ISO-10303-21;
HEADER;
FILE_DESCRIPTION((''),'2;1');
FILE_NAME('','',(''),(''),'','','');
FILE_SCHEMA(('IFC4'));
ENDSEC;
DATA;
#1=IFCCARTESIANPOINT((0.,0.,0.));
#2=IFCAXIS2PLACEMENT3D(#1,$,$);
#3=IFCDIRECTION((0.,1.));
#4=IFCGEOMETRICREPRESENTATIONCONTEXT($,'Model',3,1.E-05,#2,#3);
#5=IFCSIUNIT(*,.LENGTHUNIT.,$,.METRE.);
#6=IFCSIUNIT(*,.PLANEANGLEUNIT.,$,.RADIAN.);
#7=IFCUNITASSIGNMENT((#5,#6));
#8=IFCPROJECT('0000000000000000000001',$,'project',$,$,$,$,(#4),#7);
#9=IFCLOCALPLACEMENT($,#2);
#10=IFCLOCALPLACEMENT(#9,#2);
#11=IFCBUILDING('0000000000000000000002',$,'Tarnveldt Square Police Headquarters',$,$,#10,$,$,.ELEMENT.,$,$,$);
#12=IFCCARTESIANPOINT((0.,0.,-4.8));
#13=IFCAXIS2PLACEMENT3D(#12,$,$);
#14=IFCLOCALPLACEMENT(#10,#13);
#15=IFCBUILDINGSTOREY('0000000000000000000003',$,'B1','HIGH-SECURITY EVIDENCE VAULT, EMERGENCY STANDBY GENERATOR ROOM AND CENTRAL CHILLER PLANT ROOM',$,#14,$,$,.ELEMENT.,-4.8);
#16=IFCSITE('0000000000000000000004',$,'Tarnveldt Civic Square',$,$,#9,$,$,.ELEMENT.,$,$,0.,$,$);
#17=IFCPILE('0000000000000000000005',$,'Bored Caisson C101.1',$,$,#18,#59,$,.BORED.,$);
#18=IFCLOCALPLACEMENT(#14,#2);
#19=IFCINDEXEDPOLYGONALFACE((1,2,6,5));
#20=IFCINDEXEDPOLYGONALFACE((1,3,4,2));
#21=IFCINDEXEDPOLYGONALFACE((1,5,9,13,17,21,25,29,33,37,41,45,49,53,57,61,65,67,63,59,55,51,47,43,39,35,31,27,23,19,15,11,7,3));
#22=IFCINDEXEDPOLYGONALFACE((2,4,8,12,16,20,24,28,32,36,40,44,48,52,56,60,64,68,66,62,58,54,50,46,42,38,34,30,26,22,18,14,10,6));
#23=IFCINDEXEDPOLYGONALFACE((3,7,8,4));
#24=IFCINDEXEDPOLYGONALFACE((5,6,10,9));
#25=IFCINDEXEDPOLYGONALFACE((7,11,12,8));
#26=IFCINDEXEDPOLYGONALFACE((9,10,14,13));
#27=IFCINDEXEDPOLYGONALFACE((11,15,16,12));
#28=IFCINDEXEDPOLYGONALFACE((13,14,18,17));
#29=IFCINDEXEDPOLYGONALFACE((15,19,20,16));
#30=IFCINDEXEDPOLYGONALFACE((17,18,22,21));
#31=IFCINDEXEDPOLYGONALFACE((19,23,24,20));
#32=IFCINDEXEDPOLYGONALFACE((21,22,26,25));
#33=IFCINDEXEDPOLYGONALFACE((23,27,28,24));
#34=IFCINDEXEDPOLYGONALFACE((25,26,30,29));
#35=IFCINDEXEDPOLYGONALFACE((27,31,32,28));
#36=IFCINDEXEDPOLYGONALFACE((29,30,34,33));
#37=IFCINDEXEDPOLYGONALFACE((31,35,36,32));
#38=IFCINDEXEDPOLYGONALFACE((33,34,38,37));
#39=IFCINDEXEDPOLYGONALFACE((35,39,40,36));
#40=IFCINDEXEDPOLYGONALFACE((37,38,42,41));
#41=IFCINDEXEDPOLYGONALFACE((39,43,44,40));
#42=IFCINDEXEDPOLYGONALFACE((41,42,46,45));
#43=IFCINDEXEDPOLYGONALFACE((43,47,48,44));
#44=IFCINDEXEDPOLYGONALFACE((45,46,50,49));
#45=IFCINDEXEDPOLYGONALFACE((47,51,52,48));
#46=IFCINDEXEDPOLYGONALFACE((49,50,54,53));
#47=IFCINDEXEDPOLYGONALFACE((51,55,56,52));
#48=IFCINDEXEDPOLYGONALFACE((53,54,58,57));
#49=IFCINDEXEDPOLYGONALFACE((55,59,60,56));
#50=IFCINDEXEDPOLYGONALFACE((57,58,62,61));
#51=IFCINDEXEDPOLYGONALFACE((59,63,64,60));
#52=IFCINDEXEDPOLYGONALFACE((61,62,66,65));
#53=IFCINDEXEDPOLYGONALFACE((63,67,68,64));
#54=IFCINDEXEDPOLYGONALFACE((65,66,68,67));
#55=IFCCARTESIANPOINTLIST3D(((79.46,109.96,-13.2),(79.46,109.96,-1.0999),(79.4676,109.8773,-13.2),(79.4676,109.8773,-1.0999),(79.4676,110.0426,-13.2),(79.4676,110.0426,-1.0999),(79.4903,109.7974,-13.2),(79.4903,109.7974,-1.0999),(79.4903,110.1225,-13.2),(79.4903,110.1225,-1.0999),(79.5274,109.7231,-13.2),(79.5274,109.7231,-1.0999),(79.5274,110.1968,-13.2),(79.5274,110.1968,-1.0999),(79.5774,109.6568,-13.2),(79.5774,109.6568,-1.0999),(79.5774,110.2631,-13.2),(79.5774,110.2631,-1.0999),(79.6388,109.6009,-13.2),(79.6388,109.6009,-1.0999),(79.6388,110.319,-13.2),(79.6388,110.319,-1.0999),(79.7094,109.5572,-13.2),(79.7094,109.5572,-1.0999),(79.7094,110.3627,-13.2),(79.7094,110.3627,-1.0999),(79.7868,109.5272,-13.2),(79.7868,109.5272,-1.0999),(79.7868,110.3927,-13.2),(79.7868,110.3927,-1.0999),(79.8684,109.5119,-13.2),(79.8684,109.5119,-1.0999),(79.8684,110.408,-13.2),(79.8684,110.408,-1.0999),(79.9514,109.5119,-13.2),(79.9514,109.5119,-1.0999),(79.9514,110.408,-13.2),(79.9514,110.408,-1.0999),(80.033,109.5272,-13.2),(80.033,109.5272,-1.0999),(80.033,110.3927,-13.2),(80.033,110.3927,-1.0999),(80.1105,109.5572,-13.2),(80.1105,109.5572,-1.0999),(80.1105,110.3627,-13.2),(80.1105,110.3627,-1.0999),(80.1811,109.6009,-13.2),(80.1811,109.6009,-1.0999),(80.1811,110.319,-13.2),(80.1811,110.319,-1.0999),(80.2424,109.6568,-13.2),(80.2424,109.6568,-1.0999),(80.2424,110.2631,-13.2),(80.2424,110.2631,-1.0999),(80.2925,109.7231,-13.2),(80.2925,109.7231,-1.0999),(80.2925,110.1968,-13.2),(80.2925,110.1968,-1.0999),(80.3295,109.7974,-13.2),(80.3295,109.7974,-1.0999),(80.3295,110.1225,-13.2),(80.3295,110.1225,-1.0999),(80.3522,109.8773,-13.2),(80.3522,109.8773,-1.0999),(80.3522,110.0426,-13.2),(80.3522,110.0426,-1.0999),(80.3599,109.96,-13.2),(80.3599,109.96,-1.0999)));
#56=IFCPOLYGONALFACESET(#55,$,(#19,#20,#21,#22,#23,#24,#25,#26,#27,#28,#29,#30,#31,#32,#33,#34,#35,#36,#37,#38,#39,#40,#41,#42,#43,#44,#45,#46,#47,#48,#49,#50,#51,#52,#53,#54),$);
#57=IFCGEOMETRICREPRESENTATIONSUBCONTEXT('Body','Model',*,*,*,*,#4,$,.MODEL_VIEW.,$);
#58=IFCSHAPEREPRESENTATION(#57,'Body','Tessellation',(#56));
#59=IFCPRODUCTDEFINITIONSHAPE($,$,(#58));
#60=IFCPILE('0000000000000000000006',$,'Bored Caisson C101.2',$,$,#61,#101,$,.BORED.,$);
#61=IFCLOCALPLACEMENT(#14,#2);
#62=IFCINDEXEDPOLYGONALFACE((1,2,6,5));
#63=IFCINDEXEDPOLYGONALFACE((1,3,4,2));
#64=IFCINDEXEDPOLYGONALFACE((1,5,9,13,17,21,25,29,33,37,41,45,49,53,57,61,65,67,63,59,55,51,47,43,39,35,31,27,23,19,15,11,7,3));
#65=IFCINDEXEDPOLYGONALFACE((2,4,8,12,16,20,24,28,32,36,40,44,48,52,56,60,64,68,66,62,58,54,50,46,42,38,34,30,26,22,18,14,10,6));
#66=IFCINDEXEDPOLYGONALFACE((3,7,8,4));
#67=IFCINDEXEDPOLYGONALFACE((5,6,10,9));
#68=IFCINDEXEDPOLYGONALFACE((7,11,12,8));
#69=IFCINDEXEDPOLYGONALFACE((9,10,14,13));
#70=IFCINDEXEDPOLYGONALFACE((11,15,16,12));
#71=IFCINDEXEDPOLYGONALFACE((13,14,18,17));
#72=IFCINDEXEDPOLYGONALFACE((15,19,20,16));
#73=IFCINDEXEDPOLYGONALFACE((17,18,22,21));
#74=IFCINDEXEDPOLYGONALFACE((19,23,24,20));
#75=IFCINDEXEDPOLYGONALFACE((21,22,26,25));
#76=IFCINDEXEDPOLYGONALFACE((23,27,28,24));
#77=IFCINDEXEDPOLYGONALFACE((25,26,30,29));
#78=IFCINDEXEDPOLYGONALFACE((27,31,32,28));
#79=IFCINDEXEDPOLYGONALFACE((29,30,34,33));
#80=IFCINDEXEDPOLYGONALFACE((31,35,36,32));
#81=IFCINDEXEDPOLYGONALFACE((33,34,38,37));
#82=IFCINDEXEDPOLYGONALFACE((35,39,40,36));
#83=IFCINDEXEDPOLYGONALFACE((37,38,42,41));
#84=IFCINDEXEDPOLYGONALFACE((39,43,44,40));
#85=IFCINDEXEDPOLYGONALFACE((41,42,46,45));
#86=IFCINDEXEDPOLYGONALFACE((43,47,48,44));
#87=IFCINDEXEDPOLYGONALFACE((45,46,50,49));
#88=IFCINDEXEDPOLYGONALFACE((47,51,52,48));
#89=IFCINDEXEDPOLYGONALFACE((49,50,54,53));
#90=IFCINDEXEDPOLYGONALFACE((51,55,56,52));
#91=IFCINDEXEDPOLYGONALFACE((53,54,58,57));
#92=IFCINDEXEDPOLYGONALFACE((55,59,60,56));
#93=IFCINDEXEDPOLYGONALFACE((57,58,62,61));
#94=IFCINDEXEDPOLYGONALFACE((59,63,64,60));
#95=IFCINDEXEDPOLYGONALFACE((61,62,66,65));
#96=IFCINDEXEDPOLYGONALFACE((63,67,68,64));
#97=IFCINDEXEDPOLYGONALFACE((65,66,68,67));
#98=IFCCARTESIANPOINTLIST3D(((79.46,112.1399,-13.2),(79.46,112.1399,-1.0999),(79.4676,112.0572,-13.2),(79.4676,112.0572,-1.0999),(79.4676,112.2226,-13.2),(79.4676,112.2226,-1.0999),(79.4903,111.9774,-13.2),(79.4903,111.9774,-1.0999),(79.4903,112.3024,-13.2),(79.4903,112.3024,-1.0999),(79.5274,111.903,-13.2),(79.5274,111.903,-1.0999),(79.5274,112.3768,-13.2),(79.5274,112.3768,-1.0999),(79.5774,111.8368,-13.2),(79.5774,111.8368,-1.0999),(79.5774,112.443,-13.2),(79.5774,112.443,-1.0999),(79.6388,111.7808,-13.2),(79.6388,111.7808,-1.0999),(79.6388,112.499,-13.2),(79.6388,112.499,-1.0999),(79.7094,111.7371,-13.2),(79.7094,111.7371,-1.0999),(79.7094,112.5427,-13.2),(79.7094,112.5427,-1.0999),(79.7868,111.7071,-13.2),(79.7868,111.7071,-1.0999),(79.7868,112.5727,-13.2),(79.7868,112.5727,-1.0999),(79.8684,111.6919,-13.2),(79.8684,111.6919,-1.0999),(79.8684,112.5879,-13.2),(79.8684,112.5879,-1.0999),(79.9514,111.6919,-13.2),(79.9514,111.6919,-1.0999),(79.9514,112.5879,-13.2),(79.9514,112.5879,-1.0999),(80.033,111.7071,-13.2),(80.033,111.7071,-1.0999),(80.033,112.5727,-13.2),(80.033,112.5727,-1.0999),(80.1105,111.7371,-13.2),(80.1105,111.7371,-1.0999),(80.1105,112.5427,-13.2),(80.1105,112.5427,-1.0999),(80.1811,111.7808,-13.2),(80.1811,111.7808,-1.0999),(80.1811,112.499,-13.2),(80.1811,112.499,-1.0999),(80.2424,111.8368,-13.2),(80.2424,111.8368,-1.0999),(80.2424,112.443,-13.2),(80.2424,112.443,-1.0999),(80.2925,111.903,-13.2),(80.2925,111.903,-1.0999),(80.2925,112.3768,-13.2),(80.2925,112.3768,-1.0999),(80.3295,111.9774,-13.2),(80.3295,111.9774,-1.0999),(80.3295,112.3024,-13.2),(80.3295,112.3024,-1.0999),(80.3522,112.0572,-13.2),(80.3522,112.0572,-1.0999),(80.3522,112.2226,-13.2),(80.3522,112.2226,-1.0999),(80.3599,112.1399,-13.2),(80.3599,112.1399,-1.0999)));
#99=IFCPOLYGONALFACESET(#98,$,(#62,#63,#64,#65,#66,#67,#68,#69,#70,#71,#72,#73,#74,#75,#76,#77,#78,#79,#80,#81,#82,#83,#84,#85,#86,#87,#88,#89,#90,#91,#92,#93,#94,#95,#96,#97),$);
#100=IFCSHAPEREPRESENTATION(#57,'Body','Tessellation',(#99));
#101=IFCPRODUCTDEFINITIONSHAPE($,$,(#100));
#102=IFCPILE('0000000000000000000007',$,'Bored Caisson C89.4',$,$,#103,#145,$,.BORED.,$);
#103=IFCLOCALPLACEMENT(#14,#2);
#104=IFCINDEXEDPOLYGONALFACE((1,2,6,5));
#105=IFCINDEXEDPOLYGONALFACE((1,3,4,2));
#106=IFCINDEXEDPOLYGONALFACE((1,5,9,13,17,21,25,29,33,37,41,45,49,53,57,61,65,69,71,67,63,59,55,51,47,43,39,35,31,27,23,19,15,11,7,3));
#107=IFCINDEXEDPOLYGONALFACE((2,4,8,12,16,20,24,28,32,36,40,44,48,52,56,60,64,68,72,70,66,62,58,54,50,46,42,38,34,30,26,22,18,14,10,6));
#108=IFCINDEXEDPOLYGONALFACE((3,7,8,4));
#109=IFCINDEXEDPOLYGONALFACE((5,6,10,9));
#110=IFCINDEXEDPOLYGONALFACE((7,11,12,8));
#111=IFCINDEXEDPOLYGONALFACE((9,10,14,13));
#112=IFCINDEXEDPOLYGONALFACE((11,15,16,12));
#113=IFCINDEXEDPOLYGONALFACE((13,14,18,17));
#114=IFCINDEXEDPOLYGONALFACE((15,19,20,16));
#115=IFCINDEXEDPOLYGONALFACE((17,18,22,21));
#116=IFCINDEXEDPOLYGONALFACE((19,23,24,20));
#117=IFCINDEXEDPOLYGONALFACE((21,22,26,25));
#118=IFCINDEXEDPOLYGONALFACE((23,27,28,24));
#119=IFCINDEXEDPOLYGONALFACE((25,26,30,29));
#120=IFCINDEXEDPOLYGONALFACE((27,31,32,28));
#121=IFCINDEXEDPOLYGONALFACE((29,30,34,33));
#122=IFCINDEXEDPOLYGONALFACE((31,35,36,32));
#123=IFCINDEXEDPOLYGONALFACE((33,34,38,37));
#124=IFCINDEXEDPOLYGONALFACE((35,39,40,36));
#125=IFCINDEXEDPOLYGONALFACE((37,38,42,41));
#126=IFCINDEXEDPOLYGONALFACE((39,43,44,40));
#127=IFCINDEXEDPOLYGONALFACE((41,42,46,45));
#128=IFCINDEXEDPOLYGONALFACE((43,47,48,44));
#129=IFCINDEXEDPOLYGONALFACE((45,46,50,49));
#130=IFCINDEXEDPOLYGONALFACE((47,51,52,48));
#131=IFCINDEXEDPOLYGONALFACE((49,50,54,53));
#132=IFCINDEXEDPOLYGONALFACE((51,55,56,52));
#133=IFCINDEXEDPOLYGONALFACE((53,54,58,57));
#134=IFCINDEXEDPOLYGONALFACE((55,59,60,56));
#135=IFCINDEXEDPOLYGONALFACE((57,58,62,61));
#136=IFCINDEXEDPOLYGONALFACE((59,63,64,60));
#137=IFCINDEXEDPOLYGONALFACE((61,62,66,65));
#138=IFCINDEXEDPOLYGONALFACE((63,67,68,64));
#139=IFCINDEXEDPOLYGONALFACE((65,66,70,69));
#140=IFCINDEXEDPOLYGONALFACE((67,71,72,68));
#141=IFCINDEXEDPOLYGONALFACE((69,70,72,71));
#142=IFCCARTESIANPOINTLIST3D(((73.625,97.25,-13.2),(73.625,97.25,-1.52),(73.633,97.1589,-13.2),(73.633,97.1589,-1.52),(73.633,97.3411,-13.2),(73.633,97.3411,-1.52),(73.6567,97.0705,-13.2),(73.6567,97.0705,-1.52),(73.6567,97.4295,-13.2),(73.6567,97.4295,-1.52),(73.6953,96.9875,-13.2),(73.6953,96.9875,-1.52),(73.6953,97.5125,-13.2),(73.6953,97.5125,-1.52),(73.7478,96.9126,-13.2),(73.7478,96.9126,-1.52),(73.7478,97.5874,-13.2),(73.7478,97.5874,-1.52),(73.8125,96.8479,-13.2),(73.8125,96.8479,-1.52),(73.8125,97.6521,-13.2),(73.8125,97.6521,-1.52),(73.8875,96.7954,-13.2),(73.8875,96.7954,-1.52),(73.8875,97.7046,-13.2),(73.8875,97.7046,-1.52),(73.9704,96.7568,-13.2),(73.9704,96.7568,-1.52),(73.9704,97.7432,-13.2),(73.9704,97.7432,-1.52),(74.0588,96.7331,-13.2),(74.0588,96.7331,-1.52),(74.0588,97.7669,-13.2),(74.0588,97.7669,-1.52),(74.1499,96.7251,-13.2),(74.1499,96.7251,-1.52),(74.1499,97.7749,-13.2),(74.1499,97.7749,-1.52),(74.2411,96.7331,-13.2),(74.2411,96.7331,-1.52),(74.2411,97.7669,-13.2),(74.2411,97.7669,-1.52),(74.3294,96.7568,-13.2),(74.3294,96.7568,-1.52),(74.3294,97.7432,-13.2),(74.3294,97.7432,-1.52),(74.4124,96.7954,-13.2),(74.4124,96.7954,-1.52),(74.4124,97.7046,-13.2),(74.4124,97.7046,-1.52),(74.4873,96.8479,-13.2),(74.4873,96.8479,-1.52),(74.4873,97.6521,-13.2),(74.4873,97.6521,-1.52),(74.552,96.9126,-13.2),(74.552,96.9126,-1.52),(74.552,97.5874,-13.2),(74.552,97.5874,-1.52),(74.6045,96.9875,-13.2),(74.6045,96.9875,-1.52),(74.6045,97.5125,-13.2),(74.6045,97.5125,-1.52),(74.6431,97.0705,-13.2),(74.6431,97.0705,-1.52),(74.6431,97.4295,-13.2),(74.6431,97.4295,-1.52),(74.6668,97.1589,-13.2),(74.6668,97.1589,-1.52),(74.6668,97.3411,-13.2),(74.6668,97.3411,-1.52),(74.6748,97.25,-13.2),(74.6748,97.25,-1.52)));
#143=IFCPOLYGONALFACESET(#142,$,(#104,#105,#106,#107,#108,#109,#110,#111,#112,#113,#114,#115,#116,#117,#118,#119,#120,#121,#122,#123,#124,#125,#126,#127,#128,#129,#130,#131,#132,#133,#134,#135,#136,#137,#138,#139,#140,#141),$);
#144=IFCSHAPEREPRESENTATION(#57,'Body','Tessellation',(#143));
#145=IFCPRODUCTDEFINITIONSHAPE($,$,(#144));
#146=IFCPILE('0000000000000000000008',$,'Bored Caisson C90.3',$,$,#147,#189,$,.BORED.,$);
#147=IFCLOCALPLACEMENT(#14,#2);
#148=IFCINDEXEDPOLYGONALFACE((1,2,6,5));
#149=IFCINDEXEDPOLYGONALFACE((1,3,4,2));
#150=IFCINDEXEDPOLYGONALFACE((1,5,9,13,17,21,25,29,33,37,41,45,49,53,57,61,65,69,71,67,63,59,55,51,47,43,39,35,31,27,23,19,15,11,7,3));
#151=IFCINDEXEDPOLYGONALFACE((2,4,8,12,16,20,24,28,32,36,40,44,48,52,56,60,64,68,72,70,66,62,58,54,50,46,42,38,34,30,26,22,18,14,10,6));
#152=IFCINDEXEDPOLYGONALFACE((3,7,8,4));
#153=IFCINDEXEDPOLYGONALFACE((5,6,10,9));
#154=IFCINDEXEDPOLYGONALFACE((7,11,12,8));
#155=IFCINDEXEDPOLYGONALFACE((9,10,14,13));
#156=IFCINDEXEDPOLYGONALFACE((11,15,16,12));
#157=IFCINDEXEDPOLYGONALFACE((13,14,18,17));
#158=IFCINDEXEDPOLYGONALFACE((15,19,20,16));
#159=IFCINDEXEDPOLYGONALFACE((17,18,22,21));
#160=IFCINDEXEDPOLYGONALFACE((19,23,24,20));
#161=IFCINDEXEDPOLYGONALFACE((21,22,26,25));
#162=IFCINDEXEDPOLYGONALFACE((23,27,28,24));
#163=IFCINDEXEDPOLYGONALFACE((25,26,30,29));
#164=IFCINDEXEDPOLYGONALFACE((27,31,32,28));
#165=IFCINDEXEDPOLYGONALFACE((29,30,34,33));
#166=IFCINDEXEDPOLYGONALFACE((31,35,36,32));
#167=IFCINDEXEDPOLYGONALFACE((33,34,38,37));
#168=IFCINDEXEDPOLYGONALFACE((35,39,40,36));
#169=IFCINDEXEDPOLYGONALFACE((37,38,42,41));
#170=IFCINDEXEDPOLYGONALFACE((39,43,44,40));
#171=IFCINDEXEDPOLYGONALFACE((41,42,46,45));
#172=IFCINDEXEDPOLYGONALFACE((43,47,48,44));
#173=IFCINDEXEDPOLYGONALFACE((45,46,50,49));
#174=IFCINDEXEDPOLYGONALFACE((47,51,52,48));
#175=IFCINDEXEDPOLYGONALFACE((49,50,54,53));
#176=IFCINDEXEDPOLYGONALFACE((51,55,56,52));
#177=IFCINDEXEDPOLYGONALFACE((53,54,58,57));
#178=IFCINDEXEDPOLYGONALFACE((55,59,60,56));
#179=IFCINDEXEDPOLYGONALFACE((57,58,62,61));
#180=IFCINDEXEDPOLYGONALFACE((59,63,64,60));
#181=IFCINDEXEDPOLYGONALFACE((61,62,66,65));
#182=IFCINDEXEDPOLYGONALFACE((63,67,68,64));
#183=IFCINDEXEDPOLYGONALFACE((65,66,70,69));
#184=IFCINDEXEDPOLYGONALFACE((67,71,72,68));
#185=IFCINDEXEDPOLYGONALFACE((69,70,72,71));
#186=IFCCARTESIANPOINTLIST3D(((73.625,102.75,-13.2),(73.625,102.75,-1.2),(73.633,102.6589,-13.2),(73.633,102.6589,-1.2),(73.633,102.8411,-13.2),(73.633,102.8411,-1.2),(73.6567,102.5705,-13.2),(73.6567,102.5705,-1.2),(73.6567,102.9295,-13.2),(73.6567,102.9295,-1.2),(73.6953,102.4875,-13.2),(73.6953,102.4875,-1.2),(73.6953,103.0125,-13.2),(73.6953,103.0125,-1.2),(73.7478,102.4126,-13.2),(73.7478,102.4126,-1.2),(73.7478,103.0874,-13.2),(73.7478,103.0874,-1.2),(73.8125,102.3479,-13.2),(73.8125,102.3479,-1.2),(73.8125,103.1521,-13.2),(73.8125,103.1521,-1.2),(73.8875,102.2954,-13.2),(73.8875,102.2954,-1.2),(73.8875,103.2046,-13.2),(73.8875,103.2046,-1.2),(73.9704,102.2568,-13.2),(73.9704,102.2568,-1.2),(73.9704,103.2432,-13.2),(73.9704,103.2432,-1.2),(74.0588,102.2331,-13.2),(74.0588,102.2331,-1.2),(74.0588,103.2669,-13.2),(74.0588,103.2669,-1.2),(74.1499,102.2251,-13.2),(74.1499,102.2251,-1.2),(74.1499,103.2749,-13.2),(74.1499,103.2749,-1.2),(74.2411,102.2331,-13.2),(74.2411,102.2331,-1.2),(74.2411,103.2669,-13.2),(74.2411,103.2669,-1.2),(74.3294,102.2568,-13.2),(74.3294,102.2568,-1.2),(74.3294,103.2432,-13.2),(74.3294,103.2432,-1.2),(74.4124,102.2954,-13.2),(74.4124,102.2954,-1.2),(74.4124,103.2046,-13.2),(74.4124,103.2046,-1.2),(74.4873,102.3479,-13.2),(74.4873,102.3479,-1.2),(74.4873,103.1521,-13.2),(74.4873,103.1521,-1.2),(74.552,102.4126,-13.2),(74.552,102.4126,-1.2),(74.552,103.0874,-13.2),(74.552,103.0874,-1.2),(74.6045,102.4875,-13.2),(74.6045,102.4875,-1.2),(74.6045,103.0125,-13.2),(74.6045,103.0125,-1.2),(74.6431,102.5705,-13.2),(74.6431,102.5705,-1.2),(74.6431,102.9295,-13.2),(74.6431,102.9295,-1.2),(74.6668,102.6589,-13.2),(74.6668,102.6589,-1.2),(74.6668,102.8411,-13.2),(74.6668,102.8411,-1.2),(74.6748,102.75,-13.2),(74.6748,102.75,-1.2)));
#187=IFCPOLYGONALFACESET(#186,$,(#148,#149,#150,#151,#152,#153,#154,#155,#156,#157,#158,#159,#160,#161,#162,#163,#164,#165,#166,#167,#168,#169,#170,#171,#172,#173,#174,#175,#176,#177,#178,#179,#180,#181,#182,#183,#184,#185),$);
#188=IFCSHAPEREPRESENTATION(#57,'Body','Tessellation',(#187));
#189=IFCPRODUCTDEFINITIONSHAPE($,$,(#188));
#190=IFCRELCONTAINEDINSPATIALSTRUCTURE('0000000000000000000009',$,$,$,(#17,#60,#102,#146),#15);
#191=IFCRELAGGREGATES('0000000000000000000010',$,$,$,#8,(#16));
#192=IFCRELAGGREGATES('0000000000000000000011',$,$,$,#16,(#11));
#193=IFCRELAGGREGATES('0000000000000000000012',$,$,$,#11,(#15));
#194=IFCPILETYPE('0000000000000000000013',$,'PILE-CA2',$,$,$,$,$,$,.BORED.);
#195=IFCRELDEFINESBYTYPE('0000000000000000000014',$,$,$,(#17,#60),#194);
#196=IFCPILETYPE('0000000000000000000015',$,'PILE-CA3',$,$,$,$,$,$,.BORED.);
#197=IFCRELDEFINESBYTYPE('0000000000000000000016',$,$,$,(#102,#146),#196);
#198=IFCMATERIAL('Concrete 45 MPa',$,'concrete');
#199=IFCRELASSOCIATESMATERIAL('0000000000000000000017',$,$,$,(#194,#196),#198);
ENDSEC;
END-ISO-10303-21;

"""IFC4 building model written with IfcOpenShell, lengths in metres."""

from ifc_helpers import new_model, si_unit, direction, frame, origin, origin_2d, place, context, subcontext, project, spatial, circle, extrude, material, material_profile, profile_set, type_object, element, save


model = new_model("IFC4")

# Units and contexts
model_context = context("Model", 3, precision=1e-05, world=origin(), true_north=direction((0.0, 1.0)))
body_context = subcontext(model_context, "Body", "Model", "MODEL_VIEW")
ifc_project = project(units=[si_unit("LENGTHUNIT", "METRE"), si_unit("PLANEANGLEUNIT", "RADIAN")], contexts=[model_context])

# Site, building, storey
site_placement = place(None, origin())
site = spatial("IfcSite", under=ifc_project, at=site_placement, Name="Tarnveldt Civic Square", CompositionType="ELEMENT", RefElevation=0.0)
building_placement = place(site_placement, origin())
building = spatial("IfcBuilding", under=site, at=building_placement, Name="Tarnveldt Square Police Headquarters", CompositionType="ELEMENT")
storey_placement = place(building_placement, frame((0.0, 0.0, -4.8)))
storey = spatial("IfcBuildingStorey", under=building, at=storey_placement, Name="B1", Description="HIGH-SECURITY EVIDENCE VAULT, EMERGENCY STANDBY GENERATOR ROOM AND CENTRAL CHILLER PLANT ROOM", CompositionType="ELEMENT", Elevation=-4.8)

# Shared definitions
ifc_material_1 = material(Name="Concrete 45 MPa", Category="concrete")

# Piles
ifc_material_profile_1 = material_profile(ifc_material_1, circle(Radius=0.45, at=origin_2d()), Name="CAISSON-D900")
ifc_profile_set_1 = profile_set([ifc_material_profile_1], Name="Concrete 45 MPa")
pile_type_1 = type_object("IfcPileType", Name="PILE-CA2", PredefinedType="BORED", material=ifc_profile_set_1)
for number, where, z_axis, x_axis, name in (
    (1, (79.9099, 109.96, -1.0999), (0.0, 0.0, -1.0), (1.0, 0.0, 0.0), "Bored Caisson C101.1"),
    (2, (79.9099, 112.1399, -1.0999), (0.0, 0.0, -1.0), (1.0, 0.0, 0.0), "Bored Caisson C101.2"),
):
    element("IfcPile", number, at=place(storey_placement, frame(where, z_axis=z_axis, x_axis=x_axis)), inside=storey, type_object=pile_type_1, Name=name, PredefinedType="BORED", context=body_context, shape_type="SweptSolid", body=[
        extrude(circle(Radius=0.45, at=origin_2d()), origin(), (0.0, 0.0, 1.0), 12.1001),
    ])
ifc_material_profile_2 = material_profile(ifc_material_1, circle(Radius=0.5249, at=origin_2d()), Name="CAISSON-D1050")
ifc_profile_set_2 = profile_set([ifc_material_profile_2], Name="Concrete 45 MPa")
pile_type_2 = type_object("IfcPileType", Name="PILE-CA3", PredefinedType="BORED", material=ifc_profile_set_2)
pile_placement = place(storey_placement, frame((74.1499, 97.25, -1.52), z_axis=(0.0, 0.0, -1.0), x_axis=(1.0, 0.0, 0.0)))
element("IfcPile", 3, at=pile_placement, inside=storey, type_object=pile_type_2, Name="Bored Caisson C89.4", PredefinedType="BORED", context=body_context, shape_type="SweptSolid", body=[
    extrude(circle(Radius=0.5249, at=origin_2d()), origin(), (0.0, 0.0, 1.0), 11.6799),
])
for number, where, z_axis, x_axis, name in (
    (4, (74.1499, 102.75, -1.2), (0.0, 0.0, -1.0), (1.0, 0.0, 0.0), "Bored Caisson C90.3"),
):
    element("IfcPile", number, at=place(storey_placement, frame(where, z_axis=z_axis, x_axis=x_axis)), inside=storey, type_object=pile_type_2, Name=name, PredefinedType="BORED", context=body_context, shape_type="SweptSolid", body=[
        extrude(circle(Radius=0.5249, at=origin_2d()), origin(), (0.0, 0.0, 1.0), 12.0),
    ])

save(model, "model.ifc")
